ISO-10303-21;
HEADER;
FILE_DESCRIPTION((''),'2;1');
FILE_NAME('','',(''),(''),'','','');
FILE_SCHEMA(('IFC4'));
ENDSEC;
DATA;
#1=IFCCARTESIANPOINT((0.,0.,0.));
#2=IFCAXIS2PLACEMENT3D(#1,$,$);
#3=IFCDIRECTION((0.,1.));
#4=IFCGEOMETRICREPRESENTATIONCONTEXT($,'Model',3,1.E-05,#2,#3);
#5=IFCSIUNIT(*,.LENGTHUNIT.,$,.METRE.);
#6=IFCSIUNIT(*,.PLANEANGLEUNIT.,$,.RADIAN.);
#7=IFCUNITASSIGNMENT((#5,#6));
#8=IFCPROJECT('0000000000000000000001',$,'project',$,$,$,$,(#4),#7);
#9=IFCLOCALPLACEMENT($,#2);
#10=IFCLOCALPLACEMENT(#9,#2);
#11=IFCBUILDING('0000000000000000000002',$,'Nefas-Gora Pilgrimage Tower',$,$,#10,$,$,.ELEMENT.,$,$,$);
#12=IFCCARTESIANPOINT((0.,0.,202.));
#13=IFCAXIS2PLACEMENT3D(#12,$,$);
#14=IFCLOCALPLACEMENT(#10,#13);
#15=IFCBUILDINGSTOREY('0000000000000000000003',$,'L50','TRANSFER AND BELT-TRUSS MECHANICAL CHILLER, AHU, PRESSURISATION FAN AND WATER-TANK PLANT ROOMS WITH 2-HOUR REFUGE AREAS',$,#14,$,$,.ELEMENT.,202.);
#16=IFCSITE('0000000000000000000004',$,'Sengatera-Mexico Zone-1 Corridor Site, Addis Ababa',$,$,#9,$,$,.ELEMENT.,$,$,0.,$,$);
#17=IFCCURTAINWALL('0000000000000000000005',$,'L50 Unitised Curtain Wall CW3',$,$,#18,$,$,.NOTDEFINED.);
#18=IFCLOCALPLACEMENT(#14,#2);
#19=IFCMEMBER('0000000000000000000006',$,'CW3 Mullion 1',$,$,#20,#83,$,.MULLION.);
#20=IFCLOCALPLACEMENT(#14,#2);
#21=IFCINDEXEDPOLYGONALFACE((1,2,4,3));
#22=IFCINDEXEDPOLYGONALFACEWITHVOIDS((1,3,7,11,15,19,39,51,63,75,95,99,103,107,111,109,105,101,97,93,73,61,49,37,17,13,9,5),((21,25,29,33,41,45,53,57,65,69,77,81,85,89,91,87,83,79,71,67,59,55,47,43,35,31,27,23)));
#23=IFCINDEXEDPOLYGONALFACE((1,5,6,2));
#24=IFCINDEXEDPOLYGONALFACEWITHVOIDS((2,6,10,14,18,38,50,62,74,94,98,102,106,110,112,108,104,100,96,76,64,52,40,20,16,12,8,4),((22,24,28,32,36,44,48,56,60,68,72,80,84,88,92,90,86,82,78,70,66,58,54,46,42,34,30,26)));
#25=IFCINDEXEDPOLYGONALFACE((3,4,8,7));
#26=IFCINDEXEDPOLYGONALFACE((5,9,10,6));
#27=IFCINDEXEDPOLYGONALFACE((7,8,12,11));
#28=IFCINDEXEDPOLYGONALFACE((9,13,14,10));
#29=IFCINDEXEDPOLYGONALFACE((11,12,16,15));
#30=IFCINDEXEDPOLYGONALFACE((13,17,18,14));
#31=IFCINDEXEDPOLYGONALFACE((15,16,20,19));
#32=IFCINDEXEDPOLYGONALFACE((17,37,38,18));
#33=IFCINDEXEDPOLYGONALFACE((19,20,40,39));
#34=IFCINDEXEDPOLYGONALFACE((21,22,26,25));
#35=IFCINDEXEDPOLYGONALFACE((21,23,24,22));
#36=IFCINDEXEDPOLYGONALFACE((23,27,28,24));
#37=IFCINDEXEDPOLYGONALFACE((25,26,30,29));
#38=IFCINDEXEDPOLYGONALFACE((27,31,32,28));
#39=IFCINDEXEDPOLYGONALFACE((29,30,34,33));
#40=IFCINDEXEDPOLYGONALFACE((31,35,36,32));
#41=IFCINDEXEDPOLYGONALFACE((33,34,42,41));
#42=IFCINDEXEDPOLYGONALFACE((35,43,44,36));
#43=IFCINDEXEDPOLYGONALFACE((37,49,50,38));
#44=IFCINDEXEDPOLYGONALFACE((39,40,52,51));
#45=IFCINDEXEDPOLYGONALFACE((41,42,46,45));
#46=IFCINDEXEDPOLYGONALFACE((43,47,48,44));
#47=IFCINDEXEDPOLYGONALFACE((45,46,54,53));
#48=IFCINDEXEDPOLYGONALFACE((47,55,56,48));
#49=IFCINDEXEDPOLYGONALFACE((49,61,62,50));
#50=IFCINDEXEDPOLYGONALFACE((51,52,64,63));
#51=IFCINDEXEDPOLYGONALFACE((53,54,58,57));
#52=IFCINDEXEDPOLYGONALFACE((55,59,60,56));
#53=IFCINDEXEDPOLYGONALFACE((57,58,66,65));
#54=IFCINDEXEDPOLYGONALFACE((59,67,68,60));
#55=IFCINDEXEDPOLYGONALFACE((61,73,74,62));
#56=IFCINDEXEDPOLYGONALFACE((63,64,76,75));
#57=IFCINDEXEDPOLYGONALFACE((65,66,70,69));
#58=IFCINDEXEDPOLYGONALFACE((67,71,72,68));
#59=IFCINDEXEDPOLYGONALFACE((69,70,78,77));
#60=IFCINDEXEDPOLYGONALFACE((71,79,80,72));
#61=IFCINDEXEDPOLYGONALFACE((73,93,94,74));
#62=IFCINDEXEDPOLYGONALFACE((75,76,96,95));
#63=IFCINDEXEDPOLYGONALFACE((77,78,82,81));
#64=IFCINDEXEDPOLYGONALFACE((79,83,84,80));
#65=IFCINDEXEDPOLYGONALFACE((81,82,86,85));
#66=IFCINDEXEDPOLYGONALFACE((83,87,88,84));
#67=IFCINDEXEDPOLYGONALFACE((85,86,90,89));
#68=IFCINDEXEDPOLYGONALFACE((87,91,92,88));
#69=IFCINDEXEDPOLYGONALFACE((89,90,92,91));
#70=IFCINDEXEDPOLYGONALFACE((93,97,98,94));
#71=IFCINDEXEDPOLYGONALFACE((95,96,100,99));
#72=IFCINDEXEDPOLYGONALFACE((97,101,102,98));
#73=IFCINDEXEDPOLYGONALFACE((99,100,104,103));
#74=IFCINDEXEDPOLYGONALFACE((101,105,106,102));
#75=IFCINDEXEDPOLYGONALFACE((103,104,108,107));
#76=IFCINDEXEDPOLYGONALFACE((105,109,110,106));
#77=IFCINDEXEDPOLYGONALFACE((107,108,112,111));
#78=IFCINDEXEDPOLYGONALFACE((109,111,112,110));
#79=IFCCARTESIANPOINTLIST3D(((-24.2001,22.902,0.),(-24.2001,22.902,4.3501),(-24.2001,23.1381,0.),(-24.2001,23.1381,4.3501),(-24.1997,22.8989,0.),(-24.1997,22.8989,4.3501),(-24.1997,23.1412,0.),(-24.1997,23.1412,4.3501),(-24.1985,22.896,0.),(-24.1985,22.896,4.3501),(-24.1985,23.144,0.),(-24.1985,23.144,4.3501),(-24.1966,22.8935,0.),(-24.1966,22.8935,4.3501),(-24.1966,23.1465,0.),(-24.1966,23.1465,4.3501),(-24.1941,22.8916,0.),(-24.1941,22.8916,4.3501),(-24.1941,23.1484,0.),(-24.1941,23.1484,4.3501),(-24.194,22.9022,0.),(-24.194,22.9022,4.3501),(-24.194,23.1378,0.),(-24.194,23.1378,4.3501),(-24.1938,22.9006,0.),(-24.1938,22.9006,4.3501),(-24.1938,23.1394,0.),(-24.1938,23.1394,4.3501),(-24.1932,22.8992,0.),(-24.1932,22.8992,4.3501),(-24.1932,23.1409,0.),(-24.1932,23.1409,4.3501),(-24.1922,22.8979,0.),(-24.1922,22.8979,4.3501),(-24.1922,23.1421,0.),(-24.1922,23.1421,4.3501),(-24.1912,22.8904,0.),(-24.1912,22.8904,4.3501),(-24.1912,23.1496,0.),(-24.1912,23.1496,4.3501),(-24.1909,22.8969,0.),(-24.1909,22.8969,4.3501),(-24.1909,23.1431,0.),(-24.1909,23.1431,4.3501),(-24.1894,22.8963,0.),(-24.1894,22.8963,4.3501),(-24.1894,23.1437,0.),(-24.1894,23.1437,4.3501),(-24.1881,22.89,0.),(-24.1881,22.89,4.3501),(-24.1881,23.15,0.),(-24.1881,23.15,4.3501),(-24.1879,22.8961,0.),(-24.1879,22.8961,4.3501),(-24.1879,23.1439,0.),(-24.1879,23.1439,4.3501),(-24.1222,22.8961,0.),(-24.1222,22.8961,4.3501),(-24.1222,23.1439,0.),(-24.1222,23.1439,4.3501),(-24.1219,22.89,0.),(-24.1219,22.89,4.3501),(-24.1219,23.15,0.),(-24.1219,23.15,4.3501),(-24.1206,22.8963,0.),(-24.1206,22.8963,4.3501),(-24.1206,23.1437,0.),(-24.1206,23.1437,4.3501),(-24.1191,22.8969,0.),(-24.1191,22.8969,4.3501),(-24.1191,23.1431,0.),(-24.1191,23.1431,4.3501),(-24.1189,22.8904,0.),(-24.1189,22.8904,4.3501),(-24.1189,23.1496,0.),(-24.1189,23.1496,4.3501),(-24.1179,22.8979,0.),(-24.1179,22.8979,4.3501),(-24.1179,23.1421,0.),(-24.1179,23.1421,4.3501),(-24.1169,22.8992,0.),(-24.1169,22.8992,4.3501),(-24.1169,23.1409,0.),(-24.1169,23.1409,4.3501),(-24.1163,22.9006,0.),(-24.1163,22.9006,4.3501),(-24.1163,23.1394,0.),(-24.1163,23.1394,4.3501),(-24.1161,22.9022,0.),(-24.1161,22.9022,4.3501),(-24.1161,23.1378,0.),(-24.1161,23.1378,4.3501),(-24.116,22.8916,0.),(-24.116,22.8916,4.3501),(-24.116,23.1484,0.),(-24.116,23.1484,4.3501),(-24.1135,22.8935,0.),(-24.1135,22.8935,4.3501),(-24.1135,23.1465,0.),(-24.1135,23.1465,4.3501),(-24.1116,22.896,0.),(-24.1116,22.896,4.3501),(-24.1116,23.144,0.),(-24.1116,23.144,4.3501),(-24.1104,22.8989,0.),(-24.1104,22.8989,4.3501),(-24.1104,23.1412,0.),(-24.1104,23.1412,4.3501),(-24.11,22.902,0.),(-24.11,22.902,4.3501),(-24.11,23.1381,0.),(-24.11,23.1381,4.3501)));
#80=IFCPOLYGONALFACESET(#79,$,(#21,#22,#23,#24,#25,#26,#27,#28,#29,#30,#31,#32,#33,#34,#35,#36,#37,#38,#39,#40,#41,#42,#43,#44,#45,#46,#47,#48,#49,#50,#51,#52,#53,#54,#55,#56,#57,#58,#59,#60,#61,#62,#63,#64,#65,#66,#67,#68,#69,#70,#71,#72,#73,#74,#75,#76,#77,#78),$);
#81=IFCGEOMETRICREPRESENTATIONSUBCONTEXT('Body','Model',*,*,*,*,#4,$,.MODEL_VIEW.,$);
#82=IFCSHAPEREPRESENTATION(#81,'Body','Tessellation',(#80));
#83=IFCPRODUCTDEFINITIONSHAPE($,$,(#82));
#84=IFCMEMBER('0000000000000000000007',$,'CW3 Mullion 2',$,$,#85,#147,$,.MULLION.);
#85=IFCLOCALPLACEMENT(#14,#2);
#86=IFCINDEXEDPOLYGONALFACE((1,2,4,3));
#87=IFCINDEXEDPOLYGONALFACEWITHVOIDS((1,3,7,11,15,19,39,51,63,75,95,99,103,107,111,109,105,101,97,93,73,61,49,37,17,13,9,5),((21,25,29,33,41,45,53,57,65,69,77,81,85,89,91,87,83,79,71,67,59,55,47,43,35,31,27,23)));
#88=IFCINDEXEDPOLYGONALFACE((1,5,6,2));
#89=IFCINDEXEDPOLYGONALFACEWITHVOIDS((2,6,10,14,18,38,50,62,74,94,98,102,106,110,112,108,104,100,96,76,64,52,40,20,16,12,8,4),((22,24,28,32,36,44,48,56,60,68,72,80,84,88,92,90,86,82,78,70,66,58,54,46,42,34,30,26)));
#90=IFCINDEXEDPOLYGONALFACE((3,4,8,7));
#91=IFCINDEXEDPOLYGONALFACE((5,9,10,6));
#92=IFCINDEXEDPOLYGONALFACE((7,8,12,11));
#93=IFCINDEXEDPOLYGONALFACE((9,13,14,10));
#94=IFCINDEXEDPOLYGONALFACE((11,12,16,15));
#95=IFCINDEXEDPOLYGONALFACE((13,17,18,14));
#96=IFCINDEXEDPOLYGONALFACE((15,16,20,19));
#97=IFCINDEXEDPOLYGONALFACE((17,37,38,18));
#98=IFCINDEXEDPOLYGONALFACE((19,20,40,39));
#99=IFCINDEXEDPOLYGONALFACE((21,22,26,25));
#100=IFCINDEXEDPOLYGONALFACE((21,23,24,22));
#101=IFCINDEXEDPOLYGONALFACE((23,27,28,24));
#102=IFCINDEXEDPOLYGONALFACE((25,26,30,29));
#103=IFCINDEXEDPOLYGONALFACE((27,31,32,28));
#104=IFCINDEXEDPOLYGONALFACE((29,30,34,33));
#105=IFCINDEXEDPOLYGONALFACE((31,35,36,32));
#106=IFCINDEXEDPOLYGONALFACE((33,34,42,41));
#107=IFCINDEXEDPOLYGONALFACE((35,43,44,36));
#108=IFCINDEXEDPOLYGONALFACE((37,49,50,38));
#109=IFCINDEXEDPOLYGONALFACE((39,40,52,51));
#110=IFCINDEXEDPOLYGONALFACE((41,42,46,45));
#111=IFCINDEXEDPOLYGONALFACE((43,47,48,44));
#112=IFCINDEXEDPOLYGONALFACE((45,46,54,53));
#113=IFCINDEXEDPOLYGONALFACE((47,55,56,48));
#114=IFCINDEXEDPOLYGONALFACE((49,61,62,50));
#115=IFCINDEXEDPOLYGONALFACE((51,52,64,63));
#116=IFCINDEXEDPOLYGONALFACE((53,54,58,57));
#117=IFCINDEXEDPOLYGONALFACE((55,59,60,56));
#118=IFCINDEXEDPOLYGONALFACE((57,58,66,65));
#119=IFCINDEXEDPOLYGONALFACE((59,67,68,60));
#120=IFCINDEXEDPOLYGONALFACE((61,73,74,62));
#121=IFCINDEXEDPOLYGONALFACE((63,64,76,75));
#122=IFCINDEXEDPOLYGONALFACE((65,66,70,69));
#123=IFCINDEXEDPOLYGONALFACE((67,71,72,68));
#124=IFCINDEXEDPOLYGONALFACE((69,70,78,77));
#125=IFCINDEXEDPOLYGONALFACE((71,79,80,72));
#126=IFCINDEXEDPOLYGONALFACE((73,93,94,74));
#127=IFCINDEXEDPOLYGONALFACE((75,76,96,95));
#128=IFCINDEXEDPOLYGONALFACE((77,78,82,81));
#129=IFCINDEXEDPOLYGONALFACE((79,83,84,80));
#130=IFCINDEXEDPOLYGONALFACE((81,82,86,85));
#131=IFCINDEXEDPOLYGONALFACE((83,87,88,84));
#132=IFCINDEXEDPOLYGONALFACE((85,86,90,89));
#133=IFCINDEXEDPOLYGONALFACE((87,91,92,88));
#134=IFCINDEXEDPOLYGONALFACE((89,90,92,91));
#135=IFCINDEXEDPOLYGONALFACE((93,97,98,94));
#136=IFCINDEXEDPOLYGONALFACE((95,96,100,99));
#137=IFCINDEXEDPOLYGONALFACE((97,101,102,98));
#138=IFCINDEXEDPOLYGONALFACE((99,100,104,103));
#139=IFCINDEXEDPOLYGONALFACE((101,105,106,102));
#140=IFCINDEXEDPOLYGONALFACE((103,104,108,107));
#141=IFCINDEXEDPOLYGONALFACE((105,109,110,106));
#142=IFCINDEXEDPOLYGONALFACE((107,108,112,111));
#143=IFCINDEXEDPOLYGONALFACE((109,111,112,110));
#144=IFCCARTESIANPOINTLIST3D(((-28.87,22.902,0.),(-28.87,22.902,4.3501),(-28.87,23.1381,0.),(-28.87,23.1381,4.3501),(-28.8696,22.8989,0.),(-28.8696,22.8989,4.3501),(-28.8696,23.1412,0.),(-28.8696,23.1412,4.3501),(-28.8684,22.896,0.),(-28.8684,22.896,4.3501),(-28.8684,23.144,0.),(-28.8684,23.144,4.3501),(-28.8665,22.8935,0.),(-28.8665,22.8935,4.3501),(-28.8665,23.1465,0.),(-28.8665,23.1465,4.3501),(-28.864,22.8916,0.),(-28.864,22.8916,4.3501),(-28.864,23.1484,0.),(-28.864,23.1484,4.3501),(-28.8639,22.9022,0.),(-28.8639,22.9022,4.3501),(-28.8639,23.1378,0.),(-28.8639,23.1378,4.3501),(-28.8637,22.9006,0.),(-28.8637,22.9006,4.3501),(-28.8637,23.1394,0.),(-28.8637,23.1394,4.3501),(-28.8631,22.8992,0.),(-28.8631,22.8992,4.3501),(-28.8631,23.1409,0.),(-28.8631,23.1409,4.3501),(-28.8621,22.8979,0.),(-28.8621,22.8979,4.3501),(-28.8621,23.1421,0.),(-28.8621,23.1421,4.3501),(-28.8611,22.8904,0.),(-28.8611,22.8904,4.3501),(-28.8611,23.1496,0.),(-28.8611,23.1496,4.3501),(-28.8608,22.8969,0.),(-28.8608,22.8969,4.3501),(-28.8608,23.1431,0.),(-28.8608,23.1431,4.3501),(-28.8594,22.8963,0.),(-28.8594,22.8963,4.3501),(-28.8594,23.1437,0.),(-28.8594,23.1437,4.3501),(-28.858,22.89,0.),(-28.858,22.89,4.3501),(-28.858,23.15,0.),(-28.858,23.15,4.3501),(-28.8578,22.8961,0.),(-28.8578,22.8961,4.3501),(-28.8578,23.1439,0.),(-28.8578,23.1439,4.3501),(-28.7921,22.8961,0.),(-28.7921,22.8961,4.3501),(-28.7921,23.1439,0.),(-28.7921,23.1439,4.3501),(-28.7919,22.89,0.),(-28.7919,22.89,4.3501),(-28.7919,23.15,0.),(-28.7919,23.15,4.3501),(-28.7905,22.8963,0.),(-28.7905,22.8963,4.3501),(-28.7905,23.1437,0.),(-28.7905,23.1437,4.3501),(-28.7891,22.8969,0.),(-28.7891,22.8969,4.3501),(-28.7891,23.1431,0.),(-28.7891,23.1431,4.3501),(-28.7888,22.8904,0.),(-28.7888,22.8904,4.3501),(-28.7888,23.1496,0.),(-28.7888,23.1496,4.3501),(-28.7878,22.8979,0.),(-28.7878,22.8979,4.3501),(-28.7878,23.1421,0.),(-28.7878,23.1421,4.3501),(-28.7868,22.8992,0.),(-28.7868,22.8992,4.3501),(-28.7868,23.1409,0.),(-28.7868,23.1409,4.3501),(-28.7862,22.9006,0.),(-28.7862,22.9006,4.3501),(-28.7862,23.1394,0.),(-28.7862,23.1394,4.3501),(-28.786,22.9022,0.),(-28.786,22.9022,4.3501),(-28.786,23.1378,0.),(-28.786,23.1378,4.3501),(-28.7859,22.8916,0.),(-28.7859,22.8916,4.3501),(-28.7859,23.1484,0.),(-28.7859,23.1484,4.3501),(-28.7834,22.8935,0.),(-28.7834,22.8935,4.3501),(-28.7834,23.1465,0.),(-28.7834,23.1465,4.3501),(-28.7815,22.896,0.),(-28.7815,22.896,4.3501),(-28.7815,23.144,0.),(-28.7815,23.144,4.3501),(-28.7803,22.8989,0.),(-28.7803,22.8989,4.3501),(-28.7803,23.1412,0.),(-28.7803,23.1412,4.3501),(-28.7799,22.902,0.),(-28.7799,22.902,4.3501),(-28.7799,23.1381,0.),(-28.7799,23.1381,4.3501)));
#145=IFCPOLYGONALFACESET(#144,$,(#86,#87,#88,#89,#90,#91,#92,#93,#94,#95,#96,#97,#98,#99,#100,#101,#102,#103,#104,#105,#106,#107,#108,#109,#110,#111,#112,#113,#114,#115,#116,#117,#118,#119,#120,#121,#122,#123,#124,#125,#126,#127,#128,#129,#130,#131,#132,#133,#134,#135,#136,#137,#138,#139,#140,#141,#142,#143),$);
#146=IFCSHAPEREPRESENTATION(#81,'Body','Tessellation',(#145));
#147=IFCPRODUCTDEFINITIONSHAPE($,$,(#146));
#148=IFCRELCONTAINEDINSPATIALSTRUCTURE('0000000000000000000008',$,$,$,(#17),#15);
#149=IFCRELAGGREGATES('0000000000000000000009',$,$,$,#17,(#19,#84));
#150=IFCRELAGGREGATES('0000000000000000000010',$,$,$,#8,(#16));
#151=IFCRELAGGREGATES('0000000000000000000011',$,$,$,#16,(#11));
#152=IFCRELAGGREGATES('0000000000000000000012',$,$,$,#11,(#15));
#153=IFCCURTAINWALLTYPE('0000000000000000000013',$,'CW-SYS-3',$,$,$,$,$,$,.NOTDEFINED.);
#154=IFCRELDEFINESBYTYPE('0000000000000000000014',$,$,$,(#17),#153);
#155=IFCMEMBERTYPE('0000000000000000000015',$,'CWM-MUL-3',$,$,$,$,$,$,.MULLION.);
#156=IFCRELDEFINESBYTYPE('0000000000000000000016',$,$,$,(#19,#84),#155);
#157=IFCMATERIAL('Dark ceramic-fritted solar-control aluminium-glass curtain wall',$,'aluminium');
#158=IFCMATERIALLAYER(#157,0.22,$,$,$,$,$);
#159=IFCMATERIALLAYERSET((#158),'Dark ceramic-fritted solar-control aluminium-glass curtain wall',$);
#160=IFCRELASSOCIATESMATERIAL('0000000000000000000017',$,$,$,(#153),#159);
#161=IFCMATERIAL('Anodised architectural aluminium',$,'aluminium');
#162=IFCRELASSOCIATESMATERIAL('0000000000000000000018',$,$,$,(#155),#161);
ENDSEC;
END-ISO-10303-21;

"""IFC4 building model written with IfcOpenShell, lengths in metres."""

from ifc_helpers import new_model, si_unit, direction, frame, origin, origin_2d, place, context, subcontext, project, spatial, hollow_rectangle, extrude, source, transform, mapped, material, layer, layer_set, material_profile, profile_set, type_object, element, aggregate, save


model = new_model("IFC4")

# Units and contexts
model_context = context("Model", 3, precision=1e-05, world=origin(), true_north=direction((0.0, 1.0)))
body_context = subcontext(model_context, "Body", "Model", "MODEL_VIEW")
ifc_project = project(units=[si_unit("LENGTHUNIT", "METRE"), si_unit("PLANEANGLEUNIT", "RADIAN")], contexts=[model_context])

# Site, building, storey
site_placement = place(None, origin())
site = spatial("IfcSite", under=ifc_project, at=site_placement, Name="Sengatera-Mexico Zone-1 Corridor Site, Addis Ababa", CompositionType="ELEMENT", RefElevation=0.0)
building_placement = place(site_placement, origin())
building = spatial("IfcBuilding", under=site, at=building_placement, Name="Nefas-Gora Pilgrimage Tower", CompositionType="ELEMENT")
storey_placement = place(building_placement, frame((0.0, 0.0, 202.0)))
storey = spatial("IfcBuildingStorey", under=building, at=storey_placement, Name="L50", Description="TRANSFER AND BELT-TRUSS MECHANICAL CHILLER, AHU, PRESSURISATION FAN AND WATER-TANK PLANT ROOMS WITH 2-HOUR REFUGE AREAS", CompositionType="ELEMENT", Elevation=202.0)

# Curtain wall, members
ifc_material_1 = material(Name="Dark ceramic-fritted solar-control aluminium-glass curtain wall", Category="aluminium")
ifc_layer_1 = layer(ifc_material_1, 0.22)
ifc_layer_set_1 = layer_set([ifc_layer_1], Name="Dark ceramic-fritted solar-control aluminium-glass curtain wall")
curtain_wall_type = type_object("IfcCurtainWallType", Name="CW-SYS-3", PredefinedType="NOTDEFINED", material=ifc_layer_set_1)
ifc_material_2 = material(Name="Anodised architectural aluminium", Category="aluminium")
ifc_material_profile_1 = material_profile(ifc_material_2, hollow_rectangle(XDim=0.0901, YDim=0.26, WallThickness=0.0061, InnerFilletRadius=0.0061, OuterFilletRadius=0.012, at=origin_2d()), Name="ALU MULLION 90x260")
ifc_profile_set_1 = profile_set([ifc_material_profile_1], Name="Anodised architectural aluminium")
member_type_1 = type_object("IfcMemberType", Name="CWM-MUL-3", PredefinedType="MULLION", material=ifc_profile_set_1)
shared_shape_1 = source(origin(), body_context, "Body", "SweptSolid", [
    extrude(hollow_rectangle(XDim=0.0901, YDim=0.26, WallThickness=0.0061, InnerFilletRadius=0.0061, OuterFilletRadius=0.012, at=origin_2d()), origin(), (0.0, 0.0, 1.0), 4.3501),
])
curtain_wall_1_placement = place(storey_placement, origin())
curtain_wall_1 = element("IfcCurtainWall", 1, at=curtain_wall_1_placement, inside=storey, type_object=curtain_wall_type, Name="L50 Unitised Curtain Wall CW3", PredefinedType="NOTDEFINED")
member_1_placement = place(storey_placement, frame((-24.155, 23.02, 0.0), z_axis=(0.0, 0.0, 1.0), x_axis=(-1.0, 0.0, 0.0)))
member_1 = element("IfcMember", 2, at=member_1_placement, type_object=member_type_1, Name="CW3 Mullion 1", PredefinedType="MULLION", context=body_context, shape_type="MappedRepresentation", body=[
    mapped(shared_shape_1, transform((0.0, 0.0, 0.0), x_axis=(1.0, 0.0, 0.0), y_axis=(0.0, 1.0, 0.0), z_axis=(0.0, 0.0, 1.0), scale=1.0)),
])
member_2_placement = place(storey_placement, frame((-28.825, 23.02, 0.0), z_axis=(0.0, 0.0, 1.0), x_axis=(-1.0, 0.0, 0.0)))
member_2 = element("IfcMember", 3, at=member_2_placement, type_object=member_type_1, Name="CW3 Mullion 2", PredefinedType="MULLION", context=body_context, shape_type="MappedRepresentation", body=[
    mapped(shared_shape_1, transform((0.0, 0.0, 0.0), x_axis=(1.0, 0.0, 0.0), y_axis=(0.0, 1.0, 0.0), z_axis=(0.0, 0.0, 1.0), scale=1.0)),
])

aggregate(curtain_wall_1, [member_1, member_2])

save(model, "model.ifc")
